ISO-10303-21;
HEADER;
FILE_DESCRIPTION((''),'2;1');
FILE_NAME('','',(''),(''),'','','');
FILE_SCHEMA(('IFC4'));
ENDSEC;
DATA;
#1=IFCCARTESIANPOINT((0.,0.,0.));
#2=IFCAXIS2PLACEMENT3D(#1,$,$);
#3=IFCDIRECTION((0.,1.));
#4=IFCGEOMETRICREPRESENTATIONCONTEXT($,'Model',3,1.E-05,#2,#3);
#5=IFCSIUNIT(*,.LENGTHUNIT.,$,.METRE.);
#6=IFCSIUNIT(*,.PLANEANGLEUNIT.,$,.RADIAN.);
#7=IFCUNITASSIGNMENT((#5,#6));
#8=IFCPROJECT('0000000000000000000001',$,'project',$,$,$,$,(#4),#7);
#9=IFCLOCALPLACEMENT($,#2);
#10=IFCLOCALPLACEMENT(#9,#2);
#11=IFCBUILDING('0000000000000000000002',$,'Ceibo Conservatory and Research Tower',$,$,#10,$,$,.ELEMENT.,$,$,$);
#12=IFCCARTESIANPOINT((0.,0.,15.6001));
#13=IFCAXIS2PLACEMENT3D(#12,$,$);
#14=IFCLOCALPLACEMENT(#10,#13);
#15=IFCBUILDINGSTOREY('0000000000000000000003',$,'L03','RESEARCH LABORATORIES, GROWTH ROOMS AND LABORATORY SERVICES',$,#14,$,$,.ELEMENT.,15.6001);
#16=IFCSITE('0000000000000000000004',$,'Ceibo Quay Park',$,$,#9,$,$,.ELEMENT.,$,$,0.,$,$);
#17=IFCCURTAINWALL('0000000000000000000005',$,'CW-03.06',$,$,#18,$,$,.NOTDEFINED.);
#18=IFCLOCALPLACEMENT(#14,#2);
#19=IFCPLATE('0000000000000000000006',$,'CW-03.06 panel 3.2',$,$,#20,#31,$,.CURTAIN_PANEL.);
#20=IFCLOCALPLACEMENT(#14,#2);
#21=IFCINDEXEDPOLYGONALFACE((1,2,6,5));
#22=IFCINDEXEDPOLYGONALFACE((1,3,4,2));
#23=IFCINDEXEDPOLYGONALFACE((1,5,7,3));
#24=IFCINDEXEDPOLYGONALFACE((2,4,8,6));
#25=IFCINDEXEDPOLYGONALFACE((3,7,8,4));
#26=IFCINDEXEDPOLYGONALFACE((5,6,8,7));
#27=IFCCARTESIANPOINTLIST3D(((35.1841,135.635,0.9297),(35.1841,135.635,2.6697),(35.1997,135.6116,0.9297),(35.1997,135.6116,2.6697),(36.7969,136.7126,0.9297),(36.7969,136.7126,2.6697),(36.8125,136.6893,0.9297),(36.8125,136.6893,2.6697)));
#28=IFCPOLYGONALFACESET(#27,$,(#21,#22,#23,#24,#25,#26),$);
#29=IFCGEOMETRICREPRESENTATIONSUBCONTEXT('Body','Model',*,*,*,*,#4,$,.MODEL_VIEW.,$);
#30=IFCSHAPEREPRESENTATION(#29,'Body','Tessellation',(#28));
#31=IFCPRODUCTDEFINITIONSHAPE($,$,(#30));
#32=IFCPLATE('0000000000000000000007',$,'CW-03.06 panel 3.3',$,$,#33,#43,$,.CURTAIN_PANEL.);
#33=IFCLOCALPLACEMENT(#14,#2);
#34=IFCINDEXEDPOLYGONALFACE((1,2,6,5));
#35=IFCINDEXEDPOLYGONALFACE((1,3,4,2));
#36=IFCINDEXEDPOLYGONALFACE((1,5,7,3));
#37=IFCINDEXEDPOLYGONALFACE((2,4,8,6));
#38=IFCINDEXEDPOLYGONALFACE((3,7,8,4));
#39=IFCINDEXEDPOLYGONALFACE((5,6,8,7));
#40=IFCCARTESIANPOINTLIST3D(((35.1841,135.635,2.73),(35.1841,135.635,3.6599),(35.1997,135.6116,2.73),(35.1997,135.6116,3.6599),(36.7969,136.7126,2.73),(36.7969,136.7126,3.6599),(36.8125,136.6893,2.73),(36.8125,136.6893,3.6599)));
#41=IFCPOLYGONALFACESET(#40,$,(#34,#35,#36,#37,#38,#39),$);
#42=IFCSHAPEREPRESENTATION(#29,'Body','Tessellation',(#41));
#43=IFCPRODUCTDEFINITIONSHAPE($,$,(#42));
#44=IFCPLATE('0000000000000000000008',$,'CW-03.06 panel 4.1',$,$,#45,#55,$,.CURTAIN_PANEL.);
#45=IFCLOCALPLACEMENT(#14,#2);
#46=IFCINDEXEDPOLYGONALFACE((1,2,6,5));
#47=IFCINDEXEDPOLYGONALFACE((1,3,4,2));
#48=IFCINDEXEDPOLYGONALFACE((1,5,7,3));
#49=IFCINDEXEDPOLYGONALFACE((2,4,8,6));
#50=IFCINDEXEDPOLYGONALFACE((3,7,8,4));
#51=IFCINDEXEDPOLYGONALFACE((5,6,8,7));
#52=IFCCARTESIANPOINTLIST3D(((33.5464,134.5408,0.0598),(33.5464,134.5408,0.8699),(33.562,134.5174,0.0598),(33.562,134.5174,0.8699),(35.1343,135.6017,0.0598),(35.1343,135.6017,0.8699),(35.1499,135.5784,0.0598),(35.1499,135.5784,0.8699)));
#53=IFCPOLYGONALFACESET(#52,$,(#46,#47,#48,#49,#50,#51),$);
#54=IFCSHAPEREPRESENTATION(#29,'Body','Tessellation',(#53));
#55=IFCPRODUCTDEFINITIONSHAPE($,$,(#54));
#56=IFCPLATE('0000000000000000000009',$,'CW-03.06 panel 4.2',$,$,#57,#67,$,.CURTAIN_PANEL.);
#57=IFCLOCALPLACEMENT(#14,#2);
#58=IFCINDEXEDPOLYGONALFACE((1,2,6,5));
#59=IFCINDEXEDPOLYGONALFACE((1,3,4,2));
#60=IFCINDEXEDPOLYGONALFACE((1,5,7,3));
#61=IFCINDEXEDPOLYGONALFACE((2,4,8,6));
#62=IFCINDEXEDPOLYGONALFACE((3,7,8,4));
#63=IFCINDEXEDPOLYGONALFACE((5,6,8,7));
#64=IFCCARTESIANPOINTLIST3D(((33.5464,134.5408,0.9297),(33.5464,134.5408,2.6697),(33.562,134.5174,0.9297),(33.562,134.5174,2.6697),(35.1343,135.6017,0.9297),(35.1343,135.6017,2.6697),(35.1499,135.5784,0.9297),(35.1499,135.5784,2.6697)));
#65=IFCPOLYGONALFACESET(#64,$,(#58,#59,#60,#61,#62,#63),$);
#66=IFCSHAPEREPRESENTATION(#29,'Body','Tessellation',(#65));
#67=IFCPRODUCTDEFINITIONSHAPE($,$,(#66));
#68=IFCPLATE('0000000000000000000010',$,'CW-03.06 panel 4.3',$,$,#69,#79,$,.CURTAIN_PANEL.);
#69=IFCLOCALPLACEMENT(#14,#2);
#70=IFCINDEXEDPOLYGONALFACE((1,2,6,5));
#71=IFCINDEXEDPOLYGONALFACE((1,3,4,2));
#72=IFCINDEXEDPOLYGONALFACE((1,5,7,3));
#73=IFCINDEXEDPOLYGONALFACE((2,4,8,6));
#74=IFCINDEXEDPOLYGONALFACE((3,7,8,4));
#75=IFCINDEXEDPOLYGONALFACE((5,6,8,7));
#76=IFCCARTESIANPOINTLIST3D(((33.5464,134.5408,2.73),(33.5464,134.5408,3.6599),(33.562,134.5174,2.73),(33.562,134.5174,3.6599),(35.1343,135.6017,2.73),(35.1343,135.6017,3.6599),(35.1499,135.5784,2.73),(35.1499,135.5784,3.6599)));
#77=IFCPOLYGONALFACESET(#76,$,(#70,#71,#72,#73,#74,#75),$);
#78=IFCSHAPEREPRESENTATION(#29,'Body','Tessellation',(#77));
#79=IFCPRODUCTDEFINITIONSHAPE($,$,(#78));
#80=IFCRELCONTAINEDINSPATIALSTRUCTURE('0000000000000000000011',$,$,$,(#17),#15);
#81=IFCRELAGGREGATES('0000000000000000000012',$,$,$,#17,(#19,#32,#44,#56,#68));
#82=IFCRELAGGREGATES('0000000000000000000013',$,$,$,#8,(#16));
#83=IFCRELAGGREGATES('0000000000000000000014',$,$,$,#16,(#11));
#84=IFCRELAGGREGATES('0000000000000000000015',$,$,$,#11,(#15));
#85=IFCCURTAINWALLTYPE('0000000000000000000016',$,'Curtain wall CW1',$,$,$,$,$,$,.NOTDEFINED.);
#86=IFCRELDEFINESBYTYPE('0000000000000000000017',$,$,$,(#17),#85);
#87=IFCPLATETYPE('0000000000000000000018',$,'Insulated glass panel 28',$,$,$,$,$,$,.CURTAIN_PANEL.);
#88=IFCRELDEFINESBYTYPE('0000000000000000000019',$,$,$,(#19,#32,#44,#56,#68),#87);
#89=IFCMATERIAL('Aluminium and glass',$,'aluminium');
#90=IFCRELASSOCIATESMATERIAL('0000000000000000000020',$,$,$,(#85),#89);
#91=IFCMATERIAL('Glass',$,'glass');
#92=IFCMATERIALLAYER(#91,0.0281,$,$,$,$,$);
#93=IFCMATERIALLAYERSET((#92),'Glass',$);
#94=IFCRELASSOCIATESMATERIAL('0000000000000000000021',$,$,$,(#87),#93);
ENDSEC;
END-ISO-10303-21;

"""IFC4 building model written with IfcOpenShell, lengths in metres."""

from ifc_helpers import new_model, si_unit, direction, frame, origin, origin_2d, place, context, subcontext, project, spatial, rectangle, extrude, material, layer, layer_set, type_object, element, aggregate, save


model = new_model("IFC4")

# Units and contexts
model_context = context("Model", 3, precision=1e-05, world=origin(), true_north=direction((0.0, 1.0)))
body_context = subcontext(model_context, "Body", "Model", "MODEL_VIEW")
ifc_project = project(units=[si_unit("LENGTHUNIT", "METRE"), si_unit("PLANEANGLEUNIT", "RADIAN")], contexts=[model_context])

# Site, building, storey
site_placement = place(None, origin())
site = spatial("IfcSite", under=ifc_project, at=site_placement, Name="Ceibo Quay Park", CompositionType="ELEMENT", RefElevation=0.0)
building_placement = place(site_placement, origin())
building = spatial("IfcBuilding", under=site, at=building_placement, Name="Ceibo Conservatory and Research Tower", CompositionType="ELEMENT")
storey_placement = place(building_placement, frame((0.0, 0.0, 15.6001)))
storey = spatial("IfcBuildingStorey", under=building, at=storey_placement, Name="L03", Description="RESEARCH LABORATORIES, GROWTH ROOMS AND LABORATORY SERVICES", CompositionType="ELEMENT", Elevation=15.6001)

# Curtain wall
ifc_material_1 = material(Name="Aluminium and glass", Category="aluminium")
curtain_wall_type = type_object("IfcCurtainWallType", Name="Curtain wall CW1", PredefinedType="NOTDEFINED", material=ifc_material_1)
curtain_wall_1_placement = place(storey_placement, origin())
curtain_wall_1 = element("IfcCurtainWall", 1, at=curtain_wall_1_placement, inside=storey, type_object=curtain_wall_type, Name="CW-03.06", PredefinedType="NOTDEFINED")

# Plates
ifc_material_2 = material(Name="Glass", Category="glass")
ifc_layer = layer(ifc_material_2, 0.0281)
ifc_layer_set = layer_set([ifc_layer], Name="Glass")
plate_type = type_object("IfcPlateType", Name="Insulated glass panel 28", PredefinedType="CURTAIN_PANEL", material=ifc_layer_set)
plate_1_placement = place(storey_placement, frame((35.9983, 136.1621, 0.9297), z_axis=(0.0, 0.0, 1.0), x_axis=(-0.83147, -0.55557, 0.0)))
plate_1 = element("IfcPlate", 2, at=plate_1_placement, type_object=plate_type, Name="CW-03.06 panel 3.2", PredefinedType="CURTAIN_PANEL", context=body_context, shape_type="SweptSolid", body=[
    extrude(rectangle(XDim=1.9397, YDim=0.0281, at=origin_2d()), origin(), (0.0, 0.0, 1.0), 1.74),
])
plate_2_placement = place(storey_placement, frame((35.9983, 136.1621, 2.73), z_axis=(0.0, 0.0, 1.0), x_axis=(-0.83147, -0.55557, 0.0)))
plate_2 = element("IfcPlate", 3, at=plate_2_placement, type_object=plate_type, Name="CW-03.06 panel 3.3", PredefinedType="CURTAIN_PANEL", context=body_context, shape_type="SweptSolid", body=[
    extrude(rectangle(XDim=1.9397, YDim=0.0281, at=origin_2d()), origin(), (0.0, 0.0, 1.0), 0.9299),
])
plate_3_placement = place(storey_placement, frame((34.3481, 135.0596, 0.0598), z_axis=(0.0, 0.0, 1.0), x_axis=(-0.83147, -0.55557, 0.0)))
plate_3 = element("IfcPlate", 4, at=plate_3_placement, type_object=plate_type, Name="CW-03.06 panel 4.1", PredefinedType="CURTAIN_PANEL", context=body_context, shape_type="SweptSolid", body=[
    extrude(rectangle(XDim=1.9097, YDim=0.0281, at=origin_2d()), origin(), (0.0, 0.0, 1.0), 0.8101),
])
plate_4_placement = place(storey_placement, frame((34.3481, 135.0596, 0.9297), z_axis=(0.0, 0.0, 1.0), x_axis=(-0.83147, -0.55557, 0.0)))
plate_4 = element("IfcPlate", 5, at=plate_4_placement, type_object=plate_type, Name="CW-03.06 panel 4.2", PredefinedType="CURTAIN_PANEL", context=body_context, shape_type="SweptSolid", body=[
    extrude(rectangle(XDim=1.9097, YDim=0.0281, at=origin_2d()), origin(), (0.0, 0.0, 1.0), 1.74),
])
plate_5_placement = place(storey_placement, frame((34.3481, 135.0596, 2.73), z_axis=(0.0, 0.0, 1.0), x_axis=(-0.83147, -0.55557, 0.0)))
plate_5 = element("IfcPlate", 6, at=plate_5_placement, type_object=plate_type, Name="CW-03.06 panel 4.3", PredefinedType="CURTAIN_PANEL", context=body_context, shape_type="SweptSolid", body=[
    extrude(rectangle(XDim=1.9097, YDim=0.0281, at=origin_2d()), origin(), (0.0, 0.0, 1.0), 0.9299),
])
aggregate(curtain_wall_1, [plate_1, plate_2, plate_3, plate_4, plate_5])

save(model, "model.ifc")
